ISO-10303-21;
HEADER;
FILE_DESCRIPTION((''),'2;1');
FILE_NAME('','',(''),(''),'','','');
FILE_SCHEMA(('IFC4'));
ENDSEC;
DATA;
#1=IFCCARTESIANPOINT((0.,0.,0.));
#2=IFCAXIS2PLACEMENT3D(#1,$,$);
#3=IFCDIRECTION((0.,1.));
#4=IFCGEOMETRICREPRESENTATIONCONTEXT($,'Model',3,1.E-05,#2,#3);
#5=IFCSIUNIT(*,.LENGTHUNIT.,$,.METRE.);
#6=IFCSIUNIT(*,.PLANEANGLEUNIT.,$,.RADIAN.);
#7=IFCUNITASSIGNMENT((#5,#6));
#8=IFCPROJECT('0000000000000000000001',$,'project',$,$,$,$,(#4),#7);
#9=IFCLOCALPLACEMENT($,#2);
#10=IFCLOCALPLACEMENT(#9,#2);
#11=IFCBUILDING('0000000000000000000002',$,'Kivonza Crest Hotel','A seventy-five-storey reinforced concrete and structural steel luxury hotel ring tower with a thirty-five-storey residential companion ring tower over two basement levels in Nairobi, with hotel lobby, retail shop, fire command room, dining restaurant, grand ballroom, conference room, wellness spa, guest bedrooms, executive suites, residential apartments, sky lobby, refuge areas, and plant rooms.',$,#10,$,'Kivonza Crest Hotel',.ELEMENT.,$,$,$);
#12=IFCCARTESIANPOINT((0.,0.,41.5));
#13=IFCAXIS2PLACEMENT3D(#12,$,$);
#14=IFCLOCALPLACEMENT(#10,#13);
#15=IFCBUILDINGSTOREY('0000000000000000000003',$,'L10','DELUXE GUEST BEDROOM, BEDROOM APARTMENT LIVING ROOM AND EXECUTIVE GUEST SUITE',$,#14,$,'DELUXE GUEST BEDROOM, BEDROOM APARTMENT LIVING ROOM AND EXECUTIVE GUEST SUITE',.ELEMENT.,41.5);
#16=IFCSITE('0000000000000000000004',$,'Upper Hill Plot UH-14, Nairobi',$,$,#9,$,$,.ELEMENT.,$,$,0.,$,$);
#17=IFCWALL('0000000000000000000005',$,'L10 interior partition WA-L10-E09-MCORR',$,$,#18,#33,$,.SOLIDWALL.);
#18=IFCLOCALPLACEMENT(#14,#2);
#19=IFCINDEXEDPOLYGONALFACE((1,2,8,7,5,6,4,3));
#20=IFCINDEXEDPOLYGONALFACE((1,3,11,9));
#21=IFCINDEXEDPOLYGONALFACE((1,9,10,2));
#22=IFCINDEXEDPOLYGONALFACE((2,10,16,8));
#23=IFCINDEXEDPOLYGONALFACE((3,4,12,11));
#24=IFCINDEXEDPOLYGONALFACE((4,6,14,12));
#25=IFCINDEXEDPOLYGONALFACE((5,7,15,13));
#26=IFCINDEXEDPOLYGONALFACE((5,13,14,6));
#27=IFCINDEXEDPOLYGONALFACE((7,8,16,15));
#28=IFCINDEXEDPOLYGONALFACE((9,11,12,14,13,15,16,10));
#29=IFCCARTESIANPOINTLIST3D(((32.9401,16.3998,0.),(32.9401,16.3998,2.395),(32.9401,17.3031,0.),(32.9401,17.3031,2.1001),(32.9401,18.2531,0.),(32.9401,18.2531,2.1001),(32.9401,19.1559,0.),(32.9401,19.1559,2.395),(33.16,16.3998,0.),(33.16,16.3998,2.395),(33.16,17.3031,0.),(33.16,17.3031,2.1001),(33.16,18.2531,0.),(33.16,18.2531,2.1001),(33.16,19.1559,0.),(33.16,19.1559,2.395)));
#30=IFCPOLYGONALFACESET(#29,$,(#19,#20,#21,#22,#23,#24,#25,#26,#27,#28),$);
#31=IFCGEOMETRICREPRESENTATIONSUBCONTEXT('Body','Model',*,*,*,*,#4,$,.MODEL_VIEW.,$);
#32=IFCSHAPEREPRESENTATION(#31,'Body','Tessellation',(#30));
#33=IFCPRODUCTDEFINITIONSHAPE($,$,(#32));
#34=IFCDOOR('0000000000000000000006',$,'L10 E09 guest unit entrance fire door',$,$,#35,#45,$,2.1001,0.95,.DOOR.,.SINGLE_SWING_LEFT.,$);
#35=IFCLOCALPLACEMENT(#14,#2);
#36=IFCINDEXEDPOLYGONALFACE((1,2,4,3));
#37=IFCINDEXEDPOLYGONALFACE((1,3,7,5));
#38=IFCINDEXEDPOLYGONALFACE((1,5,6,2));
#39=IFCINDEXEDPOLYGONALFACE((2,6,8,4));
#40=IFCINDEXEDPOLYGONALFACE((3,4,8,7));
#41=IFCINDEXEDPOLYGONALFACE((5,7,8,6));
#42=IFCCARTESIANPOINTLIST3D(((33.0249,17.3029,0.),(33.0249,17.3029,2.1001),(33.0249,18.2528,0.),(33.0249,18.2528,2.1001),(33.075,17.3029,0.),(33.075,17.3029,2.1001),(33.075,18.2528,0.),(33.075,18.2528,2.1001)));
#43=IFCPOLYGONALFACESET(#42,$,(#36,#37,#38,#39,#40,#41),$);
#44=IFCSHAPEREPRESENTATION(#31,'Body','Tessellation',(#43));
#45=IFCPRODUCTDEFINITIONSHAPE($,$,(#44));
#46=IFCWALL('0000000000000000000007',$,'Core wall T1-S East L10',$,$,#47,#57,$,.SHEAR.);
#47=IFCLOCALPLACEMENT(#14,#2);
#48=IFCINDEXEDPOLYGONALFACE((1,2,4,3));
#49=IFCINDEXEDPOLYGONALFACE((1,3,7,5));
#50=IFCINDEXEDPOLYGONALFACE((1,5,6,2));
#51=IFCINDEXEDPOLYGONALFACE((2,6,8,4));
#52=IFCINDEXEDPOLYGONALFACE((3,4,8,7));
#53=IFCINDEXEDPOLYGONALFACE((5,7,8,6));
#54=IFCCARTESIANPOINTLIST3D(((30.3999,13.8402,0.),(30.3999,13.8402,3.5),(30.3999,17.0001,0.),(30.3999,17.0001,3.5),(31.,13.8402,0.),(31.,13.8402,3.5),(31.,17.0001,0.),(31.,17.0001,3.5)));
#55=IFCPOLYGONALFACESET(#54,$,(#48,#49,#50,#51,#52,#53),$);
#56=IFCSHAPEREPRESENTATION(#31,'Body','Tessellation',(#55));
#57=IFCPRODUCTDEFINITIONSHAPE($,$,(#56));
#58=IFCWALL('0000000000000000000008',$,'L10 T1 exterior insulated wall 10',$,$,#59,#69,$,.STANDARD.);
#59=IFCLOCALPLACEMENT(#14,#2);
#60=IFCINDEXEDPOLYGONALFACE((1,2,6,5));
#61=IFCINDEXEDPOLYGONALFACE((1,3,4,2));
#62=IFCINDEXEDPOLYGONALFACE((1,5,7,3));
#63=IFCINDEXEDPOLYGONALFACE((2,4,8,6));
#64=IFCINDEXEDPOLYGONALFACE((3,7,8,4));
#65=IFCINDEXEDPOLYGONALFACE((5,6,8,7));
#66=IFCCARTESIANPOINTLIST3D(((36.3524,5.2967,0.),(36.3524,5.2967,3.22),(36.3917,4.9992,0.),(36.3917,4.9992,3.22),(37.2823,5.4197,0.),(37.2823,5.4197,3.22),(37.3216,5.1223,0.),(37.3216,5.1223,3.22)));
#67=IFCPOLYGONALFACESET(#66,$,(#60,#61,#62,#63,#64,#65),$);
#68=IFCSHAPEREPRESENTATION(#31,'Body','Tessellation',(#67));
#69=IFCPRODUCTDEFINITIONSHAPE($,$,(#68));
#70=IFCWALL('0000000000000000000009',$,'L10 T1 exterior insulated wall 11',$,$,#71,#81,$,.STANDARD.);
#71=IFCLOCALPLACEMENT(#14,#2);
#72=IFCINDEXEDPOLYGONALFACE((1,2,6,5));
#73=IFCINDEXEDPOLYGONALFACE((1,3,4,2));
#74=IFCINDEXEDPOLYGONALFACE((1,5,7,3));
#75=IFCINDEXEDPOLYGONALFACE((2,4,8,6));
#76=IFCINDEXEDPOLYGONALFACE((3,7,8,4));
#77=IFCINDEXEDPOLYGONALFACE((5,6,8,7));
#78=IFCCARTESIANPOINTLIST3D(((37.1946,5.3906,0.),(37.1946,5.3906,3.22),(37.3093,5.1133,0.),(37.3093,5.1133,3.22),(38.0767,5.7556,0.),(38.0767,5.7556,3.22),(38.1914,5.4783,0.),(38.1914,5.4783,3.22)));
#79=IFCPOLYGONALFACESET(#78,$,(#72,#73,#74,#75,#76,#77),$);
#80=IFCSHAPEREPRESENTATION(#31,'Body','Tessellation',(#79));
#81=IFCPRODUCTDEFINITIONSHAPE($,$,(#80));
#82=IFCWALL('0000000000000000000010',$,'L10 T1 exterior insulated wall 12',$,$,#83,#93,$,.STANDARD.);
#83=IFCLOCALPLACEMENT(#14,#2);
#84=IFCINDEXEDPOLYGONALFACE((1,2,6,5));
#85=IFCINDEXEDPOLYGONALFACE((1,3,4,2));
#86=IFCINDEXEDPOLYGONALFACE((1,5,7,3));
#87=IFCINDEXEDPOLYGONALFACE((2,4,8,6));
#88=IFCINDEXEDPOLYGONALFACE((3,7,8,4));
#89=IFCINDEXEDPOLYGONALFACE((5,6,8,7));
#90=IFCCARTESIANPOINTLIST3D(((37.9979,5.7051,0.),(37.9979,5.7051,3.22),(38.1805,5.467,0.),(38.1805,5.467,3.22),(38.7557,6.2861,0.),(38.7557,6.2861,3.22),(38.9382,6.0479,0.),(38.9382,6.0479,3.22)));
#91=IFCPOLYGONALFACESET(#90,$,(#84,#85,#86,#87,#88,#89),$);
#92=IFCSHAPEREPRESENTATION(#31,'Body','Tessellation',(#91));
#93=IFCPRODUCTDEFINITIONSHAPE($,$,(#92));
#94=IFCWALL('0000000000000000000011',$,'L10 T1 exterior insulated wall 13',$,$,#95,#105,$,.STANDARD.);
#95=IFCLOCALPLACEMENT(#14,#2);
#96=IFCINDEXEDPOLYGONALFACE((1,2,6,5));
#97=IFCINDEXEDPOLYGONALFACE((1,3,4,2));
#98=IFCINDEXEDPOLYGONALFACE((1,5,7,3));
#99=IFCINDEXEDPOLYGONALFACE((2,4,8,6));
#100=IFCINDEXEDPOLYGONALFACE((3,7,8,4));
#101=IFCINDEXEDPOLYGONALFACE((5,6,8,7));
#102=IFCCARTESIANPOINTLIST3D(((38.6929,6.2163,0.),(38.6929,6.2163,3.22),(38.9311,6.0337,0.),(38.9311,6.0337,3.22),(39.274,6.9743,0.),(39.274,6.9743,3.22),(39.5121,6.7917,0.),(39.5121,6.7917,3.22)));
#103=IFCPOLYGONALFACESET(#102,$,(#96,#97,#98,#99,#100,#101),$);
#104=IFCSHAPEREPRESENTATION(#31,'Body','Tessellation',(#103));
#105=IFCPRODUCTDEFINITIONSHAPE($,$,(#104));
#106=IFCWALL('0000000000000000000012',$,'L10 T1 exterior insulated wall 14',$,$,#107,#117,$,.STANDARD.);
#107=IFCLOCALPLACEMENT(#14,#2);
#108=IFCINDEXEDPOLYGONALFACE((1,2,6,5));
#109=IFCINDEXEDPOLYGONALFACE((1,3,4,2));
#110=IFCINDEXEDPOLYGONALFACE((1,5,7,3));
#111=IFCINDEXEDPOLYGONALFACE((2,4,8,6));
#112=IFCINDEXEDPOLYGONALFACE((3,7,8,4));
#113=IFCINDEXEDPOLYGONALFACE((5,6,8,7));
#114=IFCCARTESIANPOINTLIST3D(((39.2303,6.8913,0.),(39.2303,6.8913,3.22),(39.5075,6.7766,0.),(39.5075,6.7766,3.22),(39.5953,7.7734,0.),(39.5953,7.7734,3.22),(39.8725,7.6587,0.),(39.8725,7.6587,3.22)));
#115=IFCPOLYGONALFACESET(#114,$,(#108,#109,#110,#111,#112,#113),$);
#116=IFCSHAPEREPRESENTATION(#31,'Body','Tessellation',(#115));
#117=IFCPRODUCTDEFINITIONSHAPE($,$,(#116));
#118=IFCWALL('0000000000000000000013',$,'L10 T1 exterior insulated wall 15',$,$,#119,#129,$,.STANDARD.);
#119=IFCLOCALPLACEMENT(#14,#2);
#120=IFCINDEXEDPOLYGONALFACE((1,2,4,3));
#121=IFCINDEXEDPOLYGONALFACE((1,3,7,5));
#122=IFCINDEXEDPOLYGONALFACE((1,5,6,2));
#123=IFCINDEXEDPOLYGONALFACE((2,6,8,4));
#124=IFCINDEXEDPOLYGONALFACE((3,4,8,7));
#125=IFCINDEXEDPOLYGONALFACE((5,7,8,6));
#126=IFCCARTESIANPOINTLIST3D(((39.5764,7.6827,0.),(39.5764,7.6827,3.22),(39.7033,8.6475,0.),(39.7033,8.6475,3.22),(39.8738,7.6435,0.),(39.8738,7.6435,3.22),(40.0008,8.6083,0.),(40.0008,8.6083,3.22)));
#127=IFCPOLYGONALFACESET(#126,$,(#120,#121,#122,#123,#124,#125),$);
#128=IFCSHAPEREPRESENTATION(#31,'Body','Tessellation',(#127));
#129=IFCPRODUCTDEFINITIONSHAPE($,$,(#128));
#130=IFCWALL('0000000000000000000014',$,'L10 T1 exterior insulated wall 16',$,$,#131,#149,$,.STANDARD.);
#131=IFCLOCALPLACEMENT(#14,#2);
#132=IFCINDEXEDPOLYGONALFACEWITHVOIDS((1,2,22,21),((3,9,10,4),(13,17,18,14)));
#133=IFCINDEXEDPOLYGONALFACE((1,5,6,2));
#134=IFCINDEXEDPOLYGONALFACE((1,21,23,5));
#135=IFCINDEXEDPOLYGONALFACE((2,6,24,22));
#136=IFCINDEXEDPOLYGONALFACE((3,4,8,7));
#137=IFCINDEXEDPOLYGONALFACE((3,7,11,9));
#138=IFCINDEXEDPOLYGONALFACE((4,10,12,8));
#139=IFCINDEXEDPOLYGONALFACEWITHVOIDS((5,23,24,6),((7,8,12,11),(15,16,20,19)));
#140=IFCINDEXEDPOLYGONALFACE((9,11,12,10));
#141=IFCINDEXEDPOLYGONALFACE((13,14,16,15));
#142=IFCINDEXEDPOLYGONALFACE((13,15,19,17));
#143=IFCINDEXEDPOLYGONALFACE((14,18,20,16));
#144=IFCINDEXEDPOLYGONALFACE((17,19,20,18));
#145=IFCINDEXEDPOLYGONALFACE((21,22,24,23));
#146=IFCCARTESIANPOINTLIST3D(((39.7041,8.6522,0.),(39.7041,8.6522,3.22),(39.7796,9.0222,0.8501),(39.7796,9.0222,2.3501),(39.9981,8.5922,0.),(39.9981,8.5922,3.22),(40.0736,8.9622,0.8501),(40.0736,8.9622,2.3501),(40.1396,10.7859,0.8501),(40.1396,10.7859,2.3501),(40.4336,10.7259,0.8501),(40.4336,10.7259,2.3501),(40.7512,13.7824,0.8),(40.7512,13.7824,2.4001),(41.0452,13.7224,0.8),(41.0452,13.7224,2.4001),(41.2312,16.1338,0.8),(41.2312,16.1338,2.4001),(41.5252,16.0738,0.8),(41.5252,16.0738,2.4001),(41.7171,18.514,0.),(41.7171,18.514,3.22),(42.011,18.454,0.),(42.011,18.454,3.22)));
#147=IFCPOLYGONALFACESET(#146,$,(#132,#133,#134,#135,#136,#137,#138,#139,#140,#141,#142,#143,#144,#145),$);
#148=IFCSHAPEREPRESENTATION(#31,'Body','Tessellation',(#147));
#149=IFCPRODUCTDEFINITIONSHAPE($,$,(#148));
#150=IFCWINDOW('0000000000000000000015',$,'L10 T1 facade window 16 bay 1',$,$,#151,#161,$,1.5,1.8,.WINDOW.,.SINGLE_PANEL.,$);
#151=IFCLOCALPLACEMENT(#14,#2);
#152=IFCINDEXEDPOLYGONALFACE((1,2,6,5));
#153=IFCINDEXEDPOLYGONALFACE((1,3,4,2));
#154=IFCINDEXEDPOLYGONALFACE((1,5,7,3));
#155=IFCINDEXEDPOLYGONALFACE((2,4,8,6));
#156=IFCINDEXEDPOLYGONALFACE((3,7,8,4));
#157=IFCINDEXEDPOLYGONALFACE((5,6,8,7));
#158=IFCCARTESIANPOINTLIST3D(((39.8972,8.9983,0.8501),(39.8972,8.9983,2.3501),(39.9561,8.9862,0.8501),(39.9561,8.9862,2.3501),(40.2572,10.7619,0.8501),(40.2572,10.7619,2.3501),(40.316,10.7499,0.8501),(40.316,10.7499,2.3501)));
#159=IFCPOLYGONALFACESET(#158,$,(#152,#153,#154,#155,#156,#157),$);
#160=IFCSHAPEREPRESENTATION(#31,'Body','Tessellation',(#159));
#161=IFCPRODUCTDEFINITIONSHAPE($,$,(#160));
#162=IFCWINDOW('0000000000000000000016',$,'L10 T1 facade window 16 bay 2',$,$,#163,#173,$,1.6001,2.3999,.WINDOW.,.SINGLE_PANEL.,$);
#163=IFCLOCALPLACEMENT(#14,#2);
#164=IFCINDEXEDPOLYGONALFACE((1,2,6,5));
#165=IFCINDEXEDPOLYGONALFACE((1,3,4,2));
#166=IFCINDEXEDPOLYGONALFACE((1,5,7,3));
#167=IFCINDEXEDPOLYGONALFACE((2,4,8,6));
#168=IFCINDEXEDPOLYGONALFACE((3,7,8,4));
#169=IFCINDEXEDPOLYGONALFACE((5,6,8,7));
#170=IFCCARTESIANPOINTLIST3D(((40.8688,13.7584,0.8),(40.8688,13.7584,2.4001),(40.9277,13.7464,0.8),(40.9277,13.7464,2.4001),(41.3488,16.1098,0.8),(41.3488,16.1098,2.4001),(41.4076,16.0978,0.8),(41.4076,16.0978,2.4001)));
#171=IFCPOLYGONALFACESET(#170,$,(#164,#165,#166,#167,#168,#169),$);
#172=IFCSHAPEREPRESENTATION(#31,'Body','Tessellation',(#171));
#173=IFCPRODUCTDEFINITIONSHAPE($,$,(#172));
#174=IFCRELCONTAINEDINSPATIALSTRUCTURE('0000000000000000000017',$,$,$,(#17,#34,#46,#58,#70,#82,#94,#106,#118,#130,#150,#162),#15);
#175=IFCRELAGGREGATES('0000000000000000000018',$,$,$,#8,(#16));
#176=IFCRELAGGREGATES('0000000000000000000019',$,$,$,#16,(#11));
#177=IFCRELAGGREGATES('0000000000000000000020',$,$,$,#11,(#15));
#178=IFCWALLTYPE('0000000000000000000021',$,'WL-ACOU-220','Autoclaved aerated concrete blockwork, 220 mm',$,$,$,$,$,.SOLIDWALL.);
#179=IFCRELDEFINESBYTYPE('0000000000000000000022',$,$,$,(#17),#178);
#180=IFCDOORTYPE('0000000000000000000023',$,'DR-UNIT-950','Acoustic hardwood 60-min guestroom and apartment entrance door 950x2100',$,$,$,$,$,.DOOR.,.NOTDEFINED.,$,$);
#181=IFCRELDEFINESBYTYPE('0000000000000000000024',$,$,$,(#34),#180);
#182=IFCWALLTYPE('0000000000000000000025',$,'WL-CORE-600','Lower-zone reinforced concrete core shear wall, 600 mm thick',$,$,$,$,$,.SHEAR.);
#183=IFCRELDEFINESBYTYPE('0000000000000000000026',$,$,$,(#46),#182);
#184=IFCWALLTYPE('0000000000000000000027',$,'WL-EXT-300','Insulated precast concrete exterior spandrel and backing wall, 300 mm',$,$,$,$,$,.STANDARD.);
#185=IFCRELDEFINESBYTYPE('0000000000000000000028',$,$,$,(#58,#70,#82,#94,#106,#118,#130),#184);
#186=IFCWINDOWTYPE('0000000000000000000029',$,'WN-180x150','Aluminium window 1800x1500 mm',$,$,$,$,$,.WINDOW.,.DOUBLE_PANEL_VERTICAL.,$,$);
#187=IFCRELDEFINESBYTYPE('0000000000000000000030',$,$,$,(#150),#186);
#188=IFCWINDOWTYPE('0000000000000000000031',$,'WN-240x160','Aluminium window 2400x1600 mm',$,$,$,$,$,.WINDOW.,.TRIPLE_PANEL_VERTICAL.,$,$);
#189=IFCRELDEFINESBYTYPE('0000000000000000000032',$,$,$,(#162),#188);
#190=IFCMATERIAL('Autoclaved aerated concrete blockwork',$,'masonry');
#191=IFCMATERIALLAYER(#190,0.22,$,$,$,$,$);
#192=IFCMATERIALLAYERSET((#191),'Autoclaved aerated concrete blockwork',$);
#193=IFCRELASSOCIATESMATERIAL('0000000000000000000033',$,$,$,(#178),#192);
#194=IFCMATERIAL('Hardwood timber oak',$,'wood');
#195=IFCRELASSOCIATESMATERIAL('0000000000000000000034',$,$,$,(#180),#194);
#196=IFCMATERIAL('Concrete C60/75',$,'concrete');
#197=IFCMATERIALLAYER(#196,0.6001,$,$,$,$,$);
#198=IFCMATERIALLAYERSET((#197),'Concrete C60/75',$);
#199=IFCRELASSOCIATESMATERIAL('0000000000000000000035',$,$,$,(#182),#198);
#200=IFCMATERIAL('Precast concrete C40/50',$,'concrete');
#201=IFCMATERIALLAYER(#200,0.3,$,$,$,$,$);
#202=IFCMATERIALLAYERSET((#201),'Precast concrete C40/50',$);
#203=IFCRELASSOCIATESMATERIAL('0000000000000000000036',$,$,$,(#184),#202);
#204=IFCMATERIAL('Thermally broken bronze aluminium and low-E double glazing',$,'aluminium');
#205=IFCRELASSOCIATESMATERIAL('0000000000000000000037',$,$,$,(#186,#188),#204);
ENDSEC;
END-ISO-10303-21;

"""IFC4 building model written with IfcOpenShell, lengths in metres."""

from ifc_helpers import new_model, si_unit, direction, frame, frame_2d, origin, place, context, subcontext, project, spatial, rectangle, extrude, material, layer, layer_set, type_object, element, fill, save


model = new_model("IFC4")

# Units and contexts
model_context = context("Model", 3, precision=1e-05, world=origin(), true_north=direction((0.0, 1.0)))
body_context = subcontext(model_context, "Body", "Model", "MODEL_VIEW")
ifc_project = project(units=[si_unit("LENGTHUNIT", "METRE"), si_unit("PLANEANGLEUNIT", "RADIAN")], contexts=[model_context])

# Site, building, storey
site_placement = place(None, origin())
site = spatial("IfcSite", under=ifc_project, at=site_placement, Name="Upper Hill Plot UH-14, Nairobi", CompositionType="ELEMENT", RefElevation=0.0)
building_placement = place(site_placement, origin())
building = spatial("IfcBuilding", under=site, at=building_placement, Name="Kivonza Crest Hotel", Description="A seventy-five-storey reinforced concrete and structural steel luxury hotel ring tower with a thirty-five-storey residential companion ring tower over two basement levels in Nairobi, with hotel lobby, retail shop, fire command room, dining restaurant, grand ballroom, conference room, wellness spa, guest bedrooms, executive suites, residential apartments, sky lobby, refuge areas, and plant rooms.", LongName="Kivonza Crest Hotel", CompositionType="ELEMENT")
storey_placement = place(building_placement, frame((0.0, 0.0, 41.5)))
storey = spatial("IfcBuildingStorey", under=building, at=storey_placement, Name="L10", Description="DELUXE GUEST BEDROOM, BEDROOM APARTMENT LIVING ROOM AND EXECUTIVE GUEST SUITE", LongName="DELUXE GUEST BEDROOM, BEDROOM APARTMENT LIVING ROOM AND EXECUTIVE GUEST SUITE", CompositionType="ELEMENT", Elevation=41.5)

# Shared definitions
ifc_material_1 = material(Name="Concrete C60/75", Category="concrete")

# Shared definitions
ifc_material_2 = material(Name="Autoclaved aerated concrete blockwork", Category="masonry")
ifc_layer_1 = layer(ifc_material_2, 0.22)
ifc_layer_set_1 = layer_set([ifc_layer_1], Name="Autoclaved aerated concrete blockwork")
wall_type_1 = type_object("IfcWallType", Name="WL-ACOU-220", Description="Autoclaved aerated concrete blockwork, 220 mm", PredefinedType="SOLIDWALL", material=ifc_layer_set_1)
ifc_material_3 = material(Name="Hardwood timber oak", Category="wood")

# Wall, opening, door
wall_1_placement = place(storey_placement, frame((33.05, 16.3999, 0.0), z_axis=(0.0, 0.0, 1.0), x_axis=(0.0, 1.0, 0.0)))
wall_1 = element("IfcWall", 1, at=wall_1_placement, inside=storey, type_object=wall_type_1, Name="L10 interior partition WA-L10-E09-MCORR", PredefinedType="SOLIDWALL", context=body_context, shape_type="SweptSolid", body=[
    extrude(rectangle(XDim=2.7561, YDim=0.22, at=frame_2d((1.3779, 0.0))), origin(), (0.0, 0.0, 1.0), 2.395),
])
opening_1_placement = place(wall_1_placement, frame((0.9031, 0.0, 0.0)))
opening_1 = element("IfcOpeningElement", 2, at=opening_1_placement, cuts=wall_1, PredefinedType="OPENING", context=body_context, shape_type="SweptSolid", body=[
    extrude(rectangle(XDim=0.95, YDim=2.1001, at=frame_2d((0.4751, 1.05))), frame((0.0, 0.1201, 0.0), z_axis=(0.0, -1.0, 0.0), x_axis=(1.0, 0.0, 0.0)), (0.0, 0.0, 1.0), 0.24),
])
door_type_1 = type_object("IfcDoorType", Name="DR-UNIT-950", Description="Acoustic hardwood 60-min guestroom and apartment entrance door 950x2100", OperationType="NOTDEFINED", PredefinedType="DOOR", material=ifc_material_3)
door_1_placement = place(opening_1_placement, frame((0.95, 0.0, 0.0), z_axis=(0.0, 0.0, 1.0), x_axis=(-1.0, 0.0, 0.0)))
door_1 = element("IfcDoor", 3, at=door_1_placement, inside=storey, type_object=door_type_1, Name="L10 E09 guest unit entrance fire door", OperationType="SINGLE_SWING_LEFT", OverallHeight=2.1001, OverallWidth=0.95, PredefinedType="DOOR", context=body_context, shape_type="SweptSolid", body=[
    extrude(rectangle(XDim=0.95, YDim=2.1001, at=frame_2d((0.4751, 1.05))), frame((0.0, 0.0249, 0.0), z_axis=(0.0, -1.0, 0.0), x_axis=(1.0, 0.0, 0.0)), (0.0, 0.0, 1.0), 0.05),
])
fill(opening_1, door_1)

# Walls
ifc_layer_2 = layer(ifc_material_1, 0.6001)
ifc_layer_set_2 = layer_set([ifc_layer_2], Name="Concrete C60/75")
wall_type_2 = type_object("IfcWallType", Name="WL-CORE-600", Description="Lower-zone reinforced concrete core shear wall, 600 mm thick", PredefinedType="SHEAR", material=ifc_layer_set_2)
wall_2_placement = place(storey_placement, frame((30.7, 13.8401, 0.0), z_axis=(0.0, 0.0, 1.0), x_axis=(0.0, 1.0, 0.0)))
element("IfcWall", 4, at=wall_2_placement, inside=storey, type_object=wall_type_2, Name="Core wall T1-S East L10", PredefinedType="SHEAR", context=body_context, shape_type="SweptSolid", body=[
    extrude(rectangle(XDim=3.1599, YDim=0.6001, at=frame_2d((1.5801, 0.0))), origin(), (0.0, 0.0, 1.0), 3.5),
])
ifc_material_4 = material(Name="Precast concrete C40/50", Category="concrete")
ifc_layer_3 = layer(ifc_material_4, 0.3)
ifc_layer_set_3 = layer_set([ifc_layer_3], Name="Precast concrete C40/50")
wall_type_3 = type_object("IfcWallType", Name="WL-EXT-300", Description="Insulated precast concrete exterior spandrel and backing wall, 300 mm", PredefinedType="STANDARD", material=ifc_layer_set_3)
wall_3_placement = place(storey_placement, frame((36.3721, 5.1479, 0.0), z_axis=(0.0, 0.0, 1.0), x_axis=(0.991359, 0.131175, 0.0)))
element("IfcWall", 5, at=wall_3_placement, inside=storey, type_object=wall_type_3, Name="L10 T1 exterior insulated wall 10", PredefinedType="STANDARD", context=body_context, shape_type="SweptSolid", body=[
    extrude(rectangle(XDim=0.938, YDim=0.3, at=frame_2d((0.469, 0.0))), origin(), (0.0, 0.0, 1.0), 3.22),
])
wall_4_placement = place(storey_placement, frame((37.252, 5.252, 0.0), z_axis=(0.0, 0.0, 1.0), x_axis=(0.92402, 0.382344, 0.0)))
element("IfcWall", 6, at=wall_4_placement, inside=storey, type_object=wall_type_3, Name="L10 T1 exterior insulated wall 11", PredefinedType="STANDARD", context=body_context, shape_type="SweptSolid", body=[
    extrude(rectangle(XDim=0.9546, YDim=0.3, at=frame_2d((0.4773, 0.0))), origin(), (0.0, 0.0, 1.0), 3.22),
])
wall_5_placement = place(storey_placement, frame((38.0891, 5.5859, 0.0), z_axis=(0.0, 0.0, 1.0), x_axis=(0.793573, 0.608474, 0.0)))
element("IfcWall", 7, at=wall_5_placement, inside=storey, type_object=wall_type_3, Name="L10 T1 exterior insulated wall 12", PredefinedType="STANDARD", context=body_context, shape_type="SweptSolid", body=[
    extrude(rectangle(XDim=0.9548, YDim=0.3, at=frame_2d((0.4775, 0.0))), origin(), (0.0, 0.0, 1.0), 3.22),
])
wall_6_placement = place(storey_placement, frame((38.812, 6.125, 0.0), z_axis=(0.0, 0.0, 1.0), x_axis=(0.608351, 0.793668, 0.0)))
element("IfcWall", 8, at=wall_6_placement, inside=storey, type_object=wall_type_3, Name="L10 T1 exterior insulated wall 13", PredefinedType="STANDARD", context=body_context, shape_type="SweptSolid", body=[
    extrude(rectangle(XDim=0.9551, YDim=0.3, at=frame_2d((0.4775, 0.0))), origin(), (0.0, 0.0, 1.0), 3.22),
])
wall_7_placement = place(storey_placement, frame((39.3689, 6.834, 0.0), z_axis=(0.0, 0.0, 1.0), x_axis=(0.382344, 0.92402, 0.0)))
element("IfcWall", 9, at=wall_7_placement, inside=storey, type_object=wall_type_3, Name="L10 T1 exterior insulated wall 14", PredefinedType="STANDARD", context=body_context, shape_type="SweptSolid", body=[
    extrude(rectangle(XDim=0.9546, YDim=0.3, at=frame_2d((0.4773, 0.0))), origin(), (0.0, 0.0, 1.0), 3.22),
])
wall_8_placement = place(storey_placement, frame((39.7251, 7.6631, 0.0), z_axis=(0.0, 0.0, 1.0), x_axis=(0.130455, 0.991454, 0.0)))
element("IfcWall", 10, at=wall_8_placement, inside=storey, type_object=wall_type_3, Name="L10 T1 exterior insulated wall 15", PredefinedType="STANDARD", context=body_context, shape_type="SweptSolid", body=[
    extrude(rectangle(XDim=0.9731, YDim=0.3, at=frame_2d((0.4866, 0.0))), origin(), (0.0, 0.0, 1.0), 3.22),
])

# Wall, openings, windows
wall_9_placement = place(storey_placement, frame((39.8511, 8.6221, 0.0), z_axis=(0.0, 0.0, 1.0), x_axis=(0.199991, 0.979798, 0.0)))
wall_9 = element("IfcWall", 11, at=wall_9_placement, inside=storey, type_object=wall_type_3, Name="L10 T1 exterior insulated wall 16", PredefinedType="STANDARD", context=body_context, shape_type="SweptSolid", body=[
    extrude(rectangle(XDim=10.0652, YDim=0.3, at=frame_2d((5.0327, 0.0))), origin(), (0.0, 0.0, 1.0), 3.22),
])
opening_2_placement = place(wall_9_placement, frame((0.3779, 0.0, 0.8501)))
opening_2 = element("IfcOpeningElement", 12, at=opening_2_placement, cuts=wall_9, PredefinedType="OPENING", context=body_context, shape_type="SweptSolid", body=[
    extrude(rectangle(XDim=1.8, YDim=1.5, at=frame_2d((0.8999, 0.75))), frame((0.0, 0.1602, 0.0), z_axis=(0.0, -1.0, 0.0), x_axis=(1.0, 0.0, 0.0)), (0.0, 0.0, 1.0), 0.3201),
])
opening_3_placement = place(wall_9_placement, frame((5.2361, 0.0, 0.8)))
opening_3 = element("IfcOpeningElement", 13, at=opening_3_placement, cuts=wall_9, PredefinedType="OPENING", context=body_context, shape_type="SweptSolid", body=[
    extrude(rectangle(XDim=2.3999, YDim=1.6001, at=frame_2d((1.2, 0.8))), frame((0.0, 0.1602, 0.0), z_axis=(0.0, -1.0, 0.0), x_axis=(1.0, 0.0, 0.0)), (0.0, 0.0, 1.0), 0.3201),
])
ifc_material_5 = material(Name="Thermally broken bronze aluminium and low-E double glazing", Category="aluminium")
window_type_1 = type_object("IfcWindowType", Name="WN-180x150", Description="Aluminium window 1800x1500 mm", PartitioningType="DOUBLE_PANEL_VERTICAL", PredefinedType="WINDOW", material=ifc_material_5)
window_1_placement = place(opening_2_placement, origin())
window_1 = element("IfcWindow", 14, at=window_1_placement, inside=storey, type_object=window_type_1, Name="L10 T1 facade window 16 bay 1", OverallHeight=1.5, OverallWidth=1.8, PartitioningType="SINGLE_PANEL", PredefinedType="WINDOW", context=body_context, shape_type="SweptSolid", body=[
    extrude(rectangle(XDim=1.8, YDim=1.5, at=frame_2d((0.8999, 0.75))), frame((0.0, 0.03, 0.0), z_axis=(0.0, -1.0, 0.0), x_axis=(1.0, 0.0, 0.0)), (0.0, 0.0, 1.0), 0.0601),
])
fill(opening_2, window_1)
window_type_2 = type_object("IfcWindowType", Name="WN-240x160", Description="Aluminium window 2400x1600 mm", PartitioningType="TRIPLE_PANEL_VERTICAL", PredefinedType="WINDOW", material=ifc_material_5)
window_2_placement = place(opening_3_placement, origin())
window_2 = element("IfcWindow", 15, at=window_2_placement, inside=storey, type_object=window_type_2, Name="L10 T1 facade window 16 bay 2", OverallHeight=1.6001, OverallWidth=2.3999, PartitioningType="SINGLE_PANEL", PredefinedType="WINDOW", context=body_context, shape_type="SweptSolid", body=[
    extrude(rectangle(XDim=2.3999, YDim=1.6001, at=frame_2d((1.2, 0.8))), frame((0.0, 0.03, 0.0), z_axis=(0.0, -1.0, 0.0), x_axis=(1.0, 0.0, 0.0)), (0.0, 0.0, 1.0), 0.0601),
])
fill(opening_3, window_2)

save(model, "model.ifc")
